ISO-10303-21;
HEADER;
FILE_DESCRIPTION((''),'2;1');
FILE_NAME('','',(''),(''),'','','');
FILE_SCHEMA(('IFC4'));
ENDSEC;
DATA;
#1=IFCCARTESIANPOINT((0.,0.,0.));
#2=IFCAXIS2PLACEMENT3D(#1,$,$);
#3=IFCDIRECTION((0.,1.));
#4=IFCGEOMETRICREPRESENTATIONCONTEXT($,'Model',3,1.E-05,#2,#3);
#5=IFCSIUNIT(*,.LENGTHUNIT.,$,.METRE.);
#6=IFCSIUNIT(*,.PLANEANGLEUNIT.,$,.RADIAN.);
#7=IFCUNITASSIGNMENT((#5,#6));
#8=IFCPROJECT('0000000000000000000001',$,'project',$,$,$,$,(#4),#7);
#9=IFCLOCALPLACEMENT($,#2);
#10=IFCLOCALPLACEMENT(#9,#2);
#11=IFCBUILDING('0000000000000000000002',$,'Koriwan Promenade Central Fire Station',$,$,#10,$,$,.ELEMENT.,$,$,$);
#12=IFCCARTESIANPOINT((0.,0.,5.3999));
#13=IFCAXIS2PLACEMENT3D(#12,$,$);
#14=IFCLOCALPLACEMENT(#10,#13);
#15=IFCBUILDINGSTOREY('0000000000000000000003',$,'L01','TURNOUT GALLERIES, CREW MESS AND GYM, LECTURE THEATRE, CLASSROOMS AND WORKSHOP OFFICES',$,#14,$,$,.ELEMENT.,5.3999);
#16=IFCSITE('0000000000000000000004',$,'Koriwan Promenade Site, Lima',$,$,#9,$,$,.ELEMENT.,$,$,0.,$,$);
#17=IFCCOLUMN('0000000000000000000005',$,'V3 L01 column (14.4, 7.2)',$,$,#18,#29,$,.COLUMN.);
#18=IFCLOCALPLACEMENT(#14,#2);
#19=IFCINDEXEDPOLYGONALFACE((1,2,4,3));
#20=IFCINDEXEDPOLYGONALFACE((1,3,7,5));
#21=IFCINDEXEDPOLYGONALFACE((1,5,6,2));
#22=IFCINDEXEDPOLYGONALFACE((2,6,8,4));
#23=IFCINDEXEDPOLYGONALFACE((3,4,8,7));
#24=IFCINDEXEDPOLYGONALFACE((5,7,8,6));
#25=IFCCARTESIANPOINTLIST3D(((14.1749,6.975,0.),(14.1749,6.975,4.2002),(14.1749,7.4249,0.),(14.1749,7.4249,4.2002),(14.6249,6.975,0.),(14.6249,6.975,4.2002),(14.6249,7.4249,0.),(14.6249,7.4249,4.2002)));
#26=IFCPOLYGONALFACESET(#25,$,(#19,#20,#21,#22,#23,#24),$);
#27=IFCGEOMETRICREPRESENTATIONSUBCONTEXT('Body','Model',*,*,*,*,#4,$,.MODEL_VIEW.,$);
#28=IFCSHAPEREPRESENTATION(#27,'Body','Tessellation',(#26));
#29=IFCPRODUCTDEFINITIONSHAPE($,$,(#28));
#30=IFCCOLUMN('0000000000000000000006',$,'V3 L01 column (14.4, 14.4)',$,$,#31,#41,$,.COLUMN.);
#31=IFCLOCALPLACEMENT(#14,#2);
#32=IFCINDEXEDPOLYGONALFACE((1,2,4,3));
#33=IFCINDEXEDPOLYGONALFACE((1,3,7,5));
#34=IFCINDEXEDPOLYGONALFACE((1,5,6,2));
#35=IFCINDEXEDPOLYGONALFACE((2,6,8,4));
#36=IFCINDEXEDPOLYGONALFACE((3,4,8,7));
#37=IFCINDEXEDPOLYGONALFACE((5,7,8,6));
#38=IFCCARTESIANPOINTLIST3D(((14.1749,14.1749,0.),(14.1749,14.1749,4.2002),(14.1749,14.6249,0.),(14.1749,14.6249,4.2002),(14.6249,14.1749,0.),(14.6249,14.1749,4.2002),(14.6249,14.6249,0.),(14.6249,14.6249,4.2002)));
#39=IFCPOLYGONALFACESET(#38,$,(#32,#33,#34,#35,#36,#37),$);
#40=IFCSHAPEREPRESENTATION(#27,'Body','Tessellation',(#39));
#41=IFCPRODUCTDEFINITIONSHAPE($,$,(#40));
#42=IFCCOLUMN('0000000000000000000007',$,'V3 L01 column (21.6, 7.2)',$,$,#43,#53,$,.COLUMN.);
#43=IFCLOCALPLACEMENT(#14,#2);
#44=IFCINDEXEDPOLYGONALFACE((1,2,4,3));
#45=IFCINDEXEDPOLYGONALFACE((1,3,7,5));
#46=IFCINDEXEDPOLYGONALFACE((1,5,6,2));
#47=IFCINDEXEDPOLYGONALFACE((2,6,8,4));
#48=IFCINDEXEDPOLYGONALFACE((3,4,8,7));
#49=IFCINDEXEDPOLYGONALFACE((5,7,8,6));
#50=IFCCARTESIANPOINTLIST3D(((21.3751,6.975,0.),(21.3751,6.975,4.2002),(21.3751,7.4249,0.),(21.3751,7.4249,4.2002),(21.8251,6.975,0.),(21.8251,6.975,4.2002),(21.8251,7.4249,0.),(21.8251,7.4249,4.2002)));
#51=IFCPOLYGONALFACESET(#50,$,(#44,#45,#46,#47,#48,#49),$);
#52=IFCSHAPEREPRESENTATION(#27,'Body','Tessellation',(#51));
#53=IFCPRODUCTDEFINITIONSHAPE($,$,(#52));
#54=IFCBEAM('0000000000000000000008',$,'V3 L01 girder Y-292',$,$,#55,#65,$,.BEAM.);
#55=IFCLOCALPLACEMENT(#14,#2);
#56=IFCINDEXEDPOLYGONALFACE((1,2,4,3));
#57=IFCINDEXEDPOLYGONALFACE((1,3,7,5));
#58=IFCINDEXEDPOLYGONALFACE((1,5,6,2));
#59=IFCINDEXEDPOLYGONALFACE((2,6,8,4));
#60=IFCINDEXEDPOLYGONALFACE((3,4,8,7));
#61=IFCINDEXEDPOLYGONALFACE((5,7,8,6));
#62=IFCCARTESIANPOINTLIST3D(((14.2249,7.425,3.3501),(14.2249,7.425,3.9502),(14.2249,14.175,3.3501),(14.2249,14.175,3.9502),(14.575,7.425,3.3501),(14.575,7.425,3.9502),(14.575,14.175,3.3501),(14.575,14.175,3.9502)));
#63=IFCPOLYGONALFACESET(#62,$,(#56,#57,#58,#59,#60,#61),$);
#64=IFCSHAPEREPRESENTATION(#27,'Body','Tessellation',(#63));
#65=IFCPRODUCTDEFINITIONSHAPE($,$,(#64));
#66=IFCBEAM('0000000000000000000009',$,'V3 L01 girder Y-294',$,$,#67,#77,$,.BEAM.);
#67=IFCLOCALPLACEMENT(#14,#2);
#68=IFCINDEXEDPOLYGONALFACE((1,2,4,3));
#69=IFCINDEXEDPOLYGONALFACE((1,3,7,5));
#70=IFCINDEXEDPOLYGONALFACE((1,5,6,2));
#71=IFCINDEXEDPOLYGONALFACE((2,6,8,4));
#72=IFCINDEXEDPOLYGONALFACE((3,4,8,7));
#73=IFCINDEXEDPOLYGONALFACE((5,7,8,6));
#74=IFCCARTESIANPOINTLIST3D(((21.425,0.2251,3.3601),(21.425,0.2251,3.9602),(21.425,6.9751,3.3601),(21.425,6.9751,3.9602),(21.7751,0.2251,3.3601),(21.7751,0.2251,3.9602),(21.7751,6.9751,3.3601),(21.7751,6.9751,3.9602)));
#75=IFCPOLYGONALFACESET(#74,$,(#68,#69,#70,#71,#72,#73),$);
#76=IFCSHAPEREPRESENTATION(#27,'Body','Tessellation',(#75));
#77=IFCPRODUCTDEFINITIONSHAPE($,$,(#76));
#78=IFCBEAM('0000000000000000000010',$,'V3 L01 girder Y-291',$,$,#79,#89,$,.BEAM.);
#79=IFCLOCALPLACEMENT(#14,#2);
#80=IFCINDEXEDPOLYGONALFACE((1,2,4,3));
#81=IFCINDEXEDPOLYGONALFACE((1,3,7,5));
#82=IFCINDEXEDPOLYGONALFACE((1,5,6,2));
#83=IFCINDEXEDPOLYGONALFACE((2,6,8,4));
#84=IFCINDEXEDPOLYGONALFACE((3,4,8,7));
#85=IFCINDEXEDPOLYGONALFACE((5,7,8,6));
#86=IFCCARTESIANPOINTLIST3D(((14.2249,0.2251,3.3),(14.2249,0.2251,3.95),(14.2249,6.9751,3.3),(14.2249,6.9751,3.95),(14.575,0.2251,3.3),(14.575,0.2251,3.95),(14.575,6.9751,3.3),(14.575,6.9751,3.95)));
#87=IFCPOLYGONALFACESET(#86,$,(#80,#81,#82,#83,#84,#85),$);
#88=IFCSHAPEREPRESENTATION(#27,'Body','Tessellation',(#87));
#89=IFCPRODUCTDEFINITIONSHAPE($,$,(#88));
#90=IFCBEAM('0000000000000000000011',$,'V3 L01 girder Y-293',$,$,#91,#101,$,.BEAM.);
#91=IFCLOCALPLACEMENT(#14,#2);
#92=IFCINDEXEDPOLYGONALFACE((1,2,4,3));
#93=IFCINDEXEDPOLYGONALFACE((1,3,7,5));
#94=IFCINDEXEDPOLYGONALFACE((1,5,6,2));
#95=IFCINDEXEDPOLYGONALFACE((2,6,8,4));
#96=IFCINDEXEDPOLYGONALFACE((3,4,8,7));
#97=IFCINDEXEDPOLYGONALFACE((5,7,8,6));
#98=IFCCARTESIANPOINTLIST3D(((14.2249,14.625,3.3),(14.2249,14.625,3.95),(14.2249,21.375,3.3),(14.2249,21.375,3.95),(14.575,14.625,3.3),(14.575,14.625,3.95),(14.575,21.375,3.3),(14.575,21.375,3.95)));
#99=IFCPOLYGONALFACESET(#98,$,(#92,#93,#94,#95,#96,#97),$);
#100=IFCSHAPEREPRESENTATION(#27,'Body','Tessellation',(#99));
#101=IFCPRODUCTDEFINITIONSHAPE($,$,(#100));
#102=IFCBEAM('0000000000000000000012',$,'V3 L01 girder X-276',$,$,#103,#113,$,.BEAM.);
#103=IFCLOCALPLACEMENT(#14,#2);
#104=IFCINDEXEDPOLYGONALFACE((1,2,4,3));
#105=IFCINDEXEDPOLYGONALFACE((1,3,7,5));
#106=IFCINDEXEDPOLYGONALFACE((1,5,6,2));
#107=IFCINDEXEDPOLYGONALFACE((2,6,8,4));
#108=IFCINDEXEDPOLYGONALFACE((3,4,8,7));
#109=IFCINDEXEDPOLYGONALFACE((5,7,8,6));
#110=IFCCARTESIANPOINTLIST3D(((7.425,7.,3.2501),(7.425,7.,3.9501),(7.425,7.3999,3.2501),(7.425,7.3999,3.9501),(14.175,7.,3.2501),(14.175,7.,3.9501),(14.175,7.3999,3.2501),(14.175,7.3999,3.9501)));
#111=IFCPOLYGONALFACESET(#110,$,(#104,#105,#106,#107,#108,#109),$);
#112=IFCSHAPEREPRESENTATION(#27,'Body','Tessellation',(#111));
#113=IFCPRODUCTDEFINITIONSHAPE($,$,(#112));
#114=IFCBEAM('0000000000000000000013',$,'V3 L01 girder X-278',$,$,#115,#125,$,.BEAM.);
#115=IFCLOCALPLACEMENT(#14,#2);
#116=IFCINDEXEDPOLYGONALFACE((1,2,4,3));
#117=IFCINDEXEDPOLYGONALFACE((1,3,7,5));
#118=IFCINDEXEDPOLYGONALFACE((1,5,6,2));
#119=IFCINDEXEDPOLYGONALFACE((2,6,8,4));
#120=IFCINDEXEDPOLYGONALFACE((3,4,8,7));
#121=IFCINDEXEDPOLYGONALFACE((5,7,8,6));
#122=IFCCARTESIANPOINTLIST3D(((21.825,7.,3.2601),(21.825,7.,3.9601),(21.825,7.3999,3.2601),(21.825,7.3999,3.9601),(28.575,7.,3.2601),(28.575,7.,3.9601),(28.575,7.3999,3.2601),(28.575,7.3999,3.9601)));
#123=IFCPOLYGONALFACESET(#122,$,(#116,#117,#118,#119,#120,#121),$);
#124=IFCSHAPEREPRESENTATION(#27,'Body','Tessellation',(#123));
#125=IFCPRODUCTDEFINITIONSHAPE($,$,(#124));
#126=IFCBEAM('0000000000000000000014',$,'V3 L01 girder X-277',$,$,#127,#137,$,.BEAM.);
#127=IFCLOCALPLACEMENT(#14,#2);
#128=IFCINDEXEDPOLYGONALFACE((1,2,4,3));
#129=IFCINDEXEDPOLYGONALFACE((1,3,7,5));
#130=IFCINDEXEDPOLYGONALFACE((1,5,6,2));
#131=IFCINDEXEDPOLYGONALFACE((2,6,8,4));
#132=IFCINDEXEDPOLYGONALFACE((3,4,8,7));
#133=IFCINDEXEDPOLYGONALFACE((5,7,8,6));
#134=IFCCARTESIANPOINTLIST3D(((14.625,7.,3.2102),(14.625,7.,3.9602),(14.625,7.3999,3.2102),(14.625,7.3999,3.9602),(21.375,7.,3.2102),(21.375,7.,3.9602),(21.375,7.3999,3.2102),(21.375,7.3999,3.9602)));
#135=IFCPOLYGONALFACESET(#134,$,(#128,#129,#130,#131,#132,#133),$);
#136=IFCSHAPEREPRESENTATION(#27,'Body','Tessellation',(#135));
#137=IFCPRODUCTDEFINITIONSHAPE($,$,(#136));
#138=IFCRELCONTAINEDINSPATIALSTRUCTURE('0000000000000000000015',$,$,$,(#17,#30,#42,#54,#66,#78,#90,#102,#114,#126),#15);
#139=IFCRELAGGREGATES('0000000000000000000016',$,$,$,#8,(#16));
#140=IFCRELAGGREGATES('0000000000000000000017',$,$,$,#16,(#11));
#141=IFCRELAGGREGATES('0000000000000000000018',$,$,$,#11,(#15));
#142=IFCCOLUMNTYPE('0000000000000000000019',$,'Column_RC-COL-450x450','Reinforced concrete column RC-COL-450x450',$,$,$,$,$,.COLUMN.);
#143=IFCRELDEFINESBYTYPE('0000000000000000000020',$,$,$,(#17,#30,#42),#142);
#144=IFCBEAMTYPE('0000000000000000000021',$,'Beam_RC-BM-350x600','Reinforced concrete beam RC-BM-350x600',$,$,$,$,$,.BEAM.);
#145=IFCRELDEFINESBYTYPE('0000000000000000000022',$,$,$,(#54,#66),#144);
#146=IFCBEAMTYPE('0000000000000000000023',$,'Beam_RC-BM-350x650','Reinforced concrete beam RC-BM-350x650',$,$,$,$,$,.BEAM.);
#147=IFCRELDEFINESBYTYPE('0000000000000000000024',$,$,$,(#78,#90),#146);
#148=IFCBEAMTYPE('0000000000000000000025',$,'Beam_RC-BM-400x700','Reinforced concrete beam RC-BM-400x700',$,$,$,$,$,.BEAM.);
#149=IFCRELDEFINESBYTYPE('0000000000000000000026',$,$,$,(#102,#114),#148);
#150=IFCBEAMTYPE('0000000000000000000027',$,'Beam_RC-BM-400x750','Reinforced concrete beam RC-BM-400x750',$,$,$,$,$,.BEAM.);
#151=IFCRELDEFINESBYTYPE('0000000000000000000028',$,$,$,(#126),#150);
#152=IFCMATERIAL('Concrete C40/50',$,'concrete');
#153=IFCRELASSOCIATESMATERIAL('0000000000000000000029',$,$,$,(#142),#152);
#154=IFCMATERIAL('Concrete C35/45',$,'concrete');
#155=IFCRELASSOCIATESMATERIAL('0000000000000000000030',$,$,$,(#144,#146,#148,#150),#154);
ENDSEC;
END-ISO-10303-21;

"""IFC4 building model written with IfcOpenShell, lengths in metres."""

from ifc_helpers import new_model, si_unit, direction, frame, origin, origin_2d, place, context, subcontext, project, spatial, rectangle, extrude, material, material_profile, profile_set, type_object, element, save


model = new_model("IFC4")

# Units and contexts
model_context = context("Model", 3, precision=1e-05, world=origin(), true_north=direction((0.0, 1.0)))
body_context = subcontext(model_context, "Body", "Model", "MODEL_VIEW")
ifc_project = project(units=[si_unit("LENGTHUNIT", "METRE"), si_unit("PLANEANGLEUNIT", "RADIAN")], contexts=[model_context])

# Site, building, storey
site_placement = place(None, origin())
site = spatial("IfcSite", under=ifc_project, at=site_placement, Name="Koriwan Promenade Site, Lima", CompositionType="ELEMENT", RefElevation=0.0)
building_placement = place(site_placement, origin())
building = spatial("IfcBuilding", under=site, at=building_placement, Name="Koriwan Promenade Central Fire Station", CompositionType="ELEMENT")
storey_placement = place(building_placement, frame((0.0, 0.0, 5.3999)))
storey = spatial("IfcBuildingStorey", under=building, at=storey_placement, Name="L01", Description="TURNOUT GALLERIES, CREW MESS AND GYM, LECTURE THEATRE, CLASSROOMS AND WORKSHOP OFFICES", CompositionType="ELEMENT", Elevation=5.3999)

# Columns
ifc_material_1 = material(Name="Concrete C40/50", Category="concrete")
ifc_material_profile_1 = material_profile(ifc_material_1, rectangle(XDim=0.45, YDim=0.45, at=origin_2d()), Name="RC-COL-450x450")
ifc_profile_set_1 = profile_set([ifc_material_profile_1], Name="Concrete C40/50")
column_type = type_object("IfcColumnType", Name="Column_RC-COL-450x450", Description="Reinforced concrete column RC-COL-450x450", PredefinedType="COLUMN", material=ifc_profile_set_1)
for number, where, z_axis, x_axis, name in (
    (1, (14.3999, 7.2, 0.0), (0.0, 0.0, 1.0), (1.0, 0.0, 0.0), "V3 L01 column (14.4, 7.2)"),
    (2, (14.3999, 14.3999, 0.0), (0.0, 0.0, 1.0), (1.0, 0.0, 0.0), "V3 L01 column (14.4, 14.4)"),
    (3, (21.6001, 7.2, 0.0), (0.0, 0.0, 1.0), (1.0, 0.0, 0.0), "V3 L01 column (21.6, 7.2)"),
):
    element("IfcColumn", number, at=place(storey_placement, frame(where, z_axis=z_axis, x_axis=x_axis)), inside=storey, type_object=column_type, Name=name, PredefinedType="COLUMN", context=body_context, shape_type="SweptSolid", body=[
        extrude(rectangle(XDim=0.45, YDim=0.45, at=origin_2d()), origin(), (0.0, 0.0, 1.0), 4.2002),
    ])

# Beams
ifc_material_2 = material(Name="Concrete C35/45", Category="concrete")
ifc_material_profile_2 = material_profile(ifc_material_2, rectangle(XDim=0.3501, YDim=0.6001, at=origin_2d()), Name="RC-BM-350x600")
ifc_profile_set_2 = profile_set([ifc_material_profile_2], Name="Concrete C35/45")
beam_type_1 = type_object("IfcBeamType", Name="Beam_RC-BM-350x600", Description="Reinforced concrete beam RC-BM-350x600", PredefinedType="BEAM", material=ifc_profile_set_2)
for number, where, z_axis, x_axis, name in (
    (4, (14.3999, 7.425, 3.6501), (0.0, 1.0, 0.0), (-1.0, 0.0, 0.0), "V3 L01 girder Y-292"),
    (5, (21.6001, 0.2251, 3.6602), (0.0, 1.0, 0.0), (-1.0, 0.0, 0.0), "V3 L01 girder Y-294"),
):
    element("IfcBeam", number, at=place(storey_placement, frame(where, z_axis=z_axis, x_axis=x_axis)), inside=storey, type_object=beam_type_1, Name=name, PredefinedType="BEAM", context=body_context, shape_type="SweptSolid", body=[
        extrude(rectangle(XDim=0.3501, YDim=0.6001, at=origin_2d()), origin(), (0.0, 0.0, 1.0), 6.75),
    ])
ifc_material_profile_3 = material_profile(ifc_material_2, rectangle(XDim=0.3501, YDim=0.6499, at=origin_2d()), Name="RC-BM-350x650")
ifc_profile_set_3 = profile_set([ifc_material_profile_3], Name="Concrete C35/45")
beam_type_2 = type_object("IfcBeamType", Name="Beam_RC-BM-350x650", Description="Reinforced concrete beam RC-BM-350x650", PredefinedType="BEAM", material=ifc_profile_set_3)
for number, where, z_axis, x_axis, name in (
    (6, (14.3999, 0.2251, 3.625), (0.0, 1.0, 0.0), (-1.0, 0.0, 0.0), "V3 L01 girder Y-291"),
    (7, (14.3999, 14.625, 3.625), (0.0, 1.0, 0.0), (-1.0, 0.0, 0.0), "V3 L01 girder Y-293"),
):
    element("IfcBeam", number, at=place(storey_placement, frame(where, z_axis=z_axis, x_axis=x_axis)), inside=storey, type_object=beam_type_2, Name=name, PredefinedType="BEAM", context=body_context, shape_type="SweptSolid", body=[
        extrude(rectangle(XDim=0.3501, YDim=0.6499, at=origin_2d()), origin(), (0.0, 0.0, 1.0), 6.75),
    ])
ifc_material_profile_4 = material_profile(ifc_material_2, rectangle(XDim=0.3999, YDim=0.7, at=origin_2d()), Name="RC-BM-400x700")
ifc_profile_set_4 = profile_set([ifc_material_profile_4], Name="Concrete C35/45")
beam_type_3 = type_object("IfcBeamType", Name="Beam_RC-BM-400x700", Description="Reinforced concrete beam RC-BM-400x700", PredefinedType="BEAM", material=ifc_profile_set_4)
for number, where, z_axis, x_axis, name in (
    (8, (7.425, 7.2, 3.6001), (1.0, 0.0, 0.0), (0.0, 1.0, 0.0), "V3 L01 girder X-276"),
    (9, (21.825, 7.2, 3.6101), (1.0, 0.0, 0.0), (0.0, 1.0, 0.0), "V3 L01 girder X-278"),
):
    element("IfcBeam", number, at=place(storey_placement, frame(where, z_axis=z_axis, x_axis=x_axis)), inside=storey, type_object=beam_type_3, Name=name, PredefinedType="BEAM", context=body_context, shape_type="SweptSolid", body=[
        extrude(rectangle(XDim=0.3999, YDim=0.7, at=origin_2d()), origin(), (0.0, 0.0, 1.0), 6.75),
    ])
ifc_material_profile_5 = material_profile(ifc_material_2, rectangle(XDim=0.3999, YDim=0.75, at=origin_2d()), Name="RC-BM-400x750")
ifc_profile_set_5 = profile_set([ifc_material_profile_5], Name="Concrete C35/45")
beam_type_4 = type_object("IfcBeamType", Name="Beam_RC-BM-400x750", Description="Reinforced concrete beam RC-BM-400x750", PredefinedType="BEAM", material=ifc_profile_set_5)
beam_placement = place(storey_placement, frame((14.625, 7.2, 3.5852), z_axis=(1.0, 0.0, 0.0), x_axis=(0.0, 1.0, 0.0)))
element("IfcBeam", 10, at=beam_placement, inside=storey, type_object=beam_type_4, Name="V3 L01 girder X-277", PredefinedType="BEAM", context=body_context, shape_type="SweptSolid", body=[
    extrude(rectangle(XDim=0.3999, YDim=0.75, at=origin_2d()), origin(), (0.0, 0.0, 1.0), 6.75),
])

save(model, "model.ifc")
